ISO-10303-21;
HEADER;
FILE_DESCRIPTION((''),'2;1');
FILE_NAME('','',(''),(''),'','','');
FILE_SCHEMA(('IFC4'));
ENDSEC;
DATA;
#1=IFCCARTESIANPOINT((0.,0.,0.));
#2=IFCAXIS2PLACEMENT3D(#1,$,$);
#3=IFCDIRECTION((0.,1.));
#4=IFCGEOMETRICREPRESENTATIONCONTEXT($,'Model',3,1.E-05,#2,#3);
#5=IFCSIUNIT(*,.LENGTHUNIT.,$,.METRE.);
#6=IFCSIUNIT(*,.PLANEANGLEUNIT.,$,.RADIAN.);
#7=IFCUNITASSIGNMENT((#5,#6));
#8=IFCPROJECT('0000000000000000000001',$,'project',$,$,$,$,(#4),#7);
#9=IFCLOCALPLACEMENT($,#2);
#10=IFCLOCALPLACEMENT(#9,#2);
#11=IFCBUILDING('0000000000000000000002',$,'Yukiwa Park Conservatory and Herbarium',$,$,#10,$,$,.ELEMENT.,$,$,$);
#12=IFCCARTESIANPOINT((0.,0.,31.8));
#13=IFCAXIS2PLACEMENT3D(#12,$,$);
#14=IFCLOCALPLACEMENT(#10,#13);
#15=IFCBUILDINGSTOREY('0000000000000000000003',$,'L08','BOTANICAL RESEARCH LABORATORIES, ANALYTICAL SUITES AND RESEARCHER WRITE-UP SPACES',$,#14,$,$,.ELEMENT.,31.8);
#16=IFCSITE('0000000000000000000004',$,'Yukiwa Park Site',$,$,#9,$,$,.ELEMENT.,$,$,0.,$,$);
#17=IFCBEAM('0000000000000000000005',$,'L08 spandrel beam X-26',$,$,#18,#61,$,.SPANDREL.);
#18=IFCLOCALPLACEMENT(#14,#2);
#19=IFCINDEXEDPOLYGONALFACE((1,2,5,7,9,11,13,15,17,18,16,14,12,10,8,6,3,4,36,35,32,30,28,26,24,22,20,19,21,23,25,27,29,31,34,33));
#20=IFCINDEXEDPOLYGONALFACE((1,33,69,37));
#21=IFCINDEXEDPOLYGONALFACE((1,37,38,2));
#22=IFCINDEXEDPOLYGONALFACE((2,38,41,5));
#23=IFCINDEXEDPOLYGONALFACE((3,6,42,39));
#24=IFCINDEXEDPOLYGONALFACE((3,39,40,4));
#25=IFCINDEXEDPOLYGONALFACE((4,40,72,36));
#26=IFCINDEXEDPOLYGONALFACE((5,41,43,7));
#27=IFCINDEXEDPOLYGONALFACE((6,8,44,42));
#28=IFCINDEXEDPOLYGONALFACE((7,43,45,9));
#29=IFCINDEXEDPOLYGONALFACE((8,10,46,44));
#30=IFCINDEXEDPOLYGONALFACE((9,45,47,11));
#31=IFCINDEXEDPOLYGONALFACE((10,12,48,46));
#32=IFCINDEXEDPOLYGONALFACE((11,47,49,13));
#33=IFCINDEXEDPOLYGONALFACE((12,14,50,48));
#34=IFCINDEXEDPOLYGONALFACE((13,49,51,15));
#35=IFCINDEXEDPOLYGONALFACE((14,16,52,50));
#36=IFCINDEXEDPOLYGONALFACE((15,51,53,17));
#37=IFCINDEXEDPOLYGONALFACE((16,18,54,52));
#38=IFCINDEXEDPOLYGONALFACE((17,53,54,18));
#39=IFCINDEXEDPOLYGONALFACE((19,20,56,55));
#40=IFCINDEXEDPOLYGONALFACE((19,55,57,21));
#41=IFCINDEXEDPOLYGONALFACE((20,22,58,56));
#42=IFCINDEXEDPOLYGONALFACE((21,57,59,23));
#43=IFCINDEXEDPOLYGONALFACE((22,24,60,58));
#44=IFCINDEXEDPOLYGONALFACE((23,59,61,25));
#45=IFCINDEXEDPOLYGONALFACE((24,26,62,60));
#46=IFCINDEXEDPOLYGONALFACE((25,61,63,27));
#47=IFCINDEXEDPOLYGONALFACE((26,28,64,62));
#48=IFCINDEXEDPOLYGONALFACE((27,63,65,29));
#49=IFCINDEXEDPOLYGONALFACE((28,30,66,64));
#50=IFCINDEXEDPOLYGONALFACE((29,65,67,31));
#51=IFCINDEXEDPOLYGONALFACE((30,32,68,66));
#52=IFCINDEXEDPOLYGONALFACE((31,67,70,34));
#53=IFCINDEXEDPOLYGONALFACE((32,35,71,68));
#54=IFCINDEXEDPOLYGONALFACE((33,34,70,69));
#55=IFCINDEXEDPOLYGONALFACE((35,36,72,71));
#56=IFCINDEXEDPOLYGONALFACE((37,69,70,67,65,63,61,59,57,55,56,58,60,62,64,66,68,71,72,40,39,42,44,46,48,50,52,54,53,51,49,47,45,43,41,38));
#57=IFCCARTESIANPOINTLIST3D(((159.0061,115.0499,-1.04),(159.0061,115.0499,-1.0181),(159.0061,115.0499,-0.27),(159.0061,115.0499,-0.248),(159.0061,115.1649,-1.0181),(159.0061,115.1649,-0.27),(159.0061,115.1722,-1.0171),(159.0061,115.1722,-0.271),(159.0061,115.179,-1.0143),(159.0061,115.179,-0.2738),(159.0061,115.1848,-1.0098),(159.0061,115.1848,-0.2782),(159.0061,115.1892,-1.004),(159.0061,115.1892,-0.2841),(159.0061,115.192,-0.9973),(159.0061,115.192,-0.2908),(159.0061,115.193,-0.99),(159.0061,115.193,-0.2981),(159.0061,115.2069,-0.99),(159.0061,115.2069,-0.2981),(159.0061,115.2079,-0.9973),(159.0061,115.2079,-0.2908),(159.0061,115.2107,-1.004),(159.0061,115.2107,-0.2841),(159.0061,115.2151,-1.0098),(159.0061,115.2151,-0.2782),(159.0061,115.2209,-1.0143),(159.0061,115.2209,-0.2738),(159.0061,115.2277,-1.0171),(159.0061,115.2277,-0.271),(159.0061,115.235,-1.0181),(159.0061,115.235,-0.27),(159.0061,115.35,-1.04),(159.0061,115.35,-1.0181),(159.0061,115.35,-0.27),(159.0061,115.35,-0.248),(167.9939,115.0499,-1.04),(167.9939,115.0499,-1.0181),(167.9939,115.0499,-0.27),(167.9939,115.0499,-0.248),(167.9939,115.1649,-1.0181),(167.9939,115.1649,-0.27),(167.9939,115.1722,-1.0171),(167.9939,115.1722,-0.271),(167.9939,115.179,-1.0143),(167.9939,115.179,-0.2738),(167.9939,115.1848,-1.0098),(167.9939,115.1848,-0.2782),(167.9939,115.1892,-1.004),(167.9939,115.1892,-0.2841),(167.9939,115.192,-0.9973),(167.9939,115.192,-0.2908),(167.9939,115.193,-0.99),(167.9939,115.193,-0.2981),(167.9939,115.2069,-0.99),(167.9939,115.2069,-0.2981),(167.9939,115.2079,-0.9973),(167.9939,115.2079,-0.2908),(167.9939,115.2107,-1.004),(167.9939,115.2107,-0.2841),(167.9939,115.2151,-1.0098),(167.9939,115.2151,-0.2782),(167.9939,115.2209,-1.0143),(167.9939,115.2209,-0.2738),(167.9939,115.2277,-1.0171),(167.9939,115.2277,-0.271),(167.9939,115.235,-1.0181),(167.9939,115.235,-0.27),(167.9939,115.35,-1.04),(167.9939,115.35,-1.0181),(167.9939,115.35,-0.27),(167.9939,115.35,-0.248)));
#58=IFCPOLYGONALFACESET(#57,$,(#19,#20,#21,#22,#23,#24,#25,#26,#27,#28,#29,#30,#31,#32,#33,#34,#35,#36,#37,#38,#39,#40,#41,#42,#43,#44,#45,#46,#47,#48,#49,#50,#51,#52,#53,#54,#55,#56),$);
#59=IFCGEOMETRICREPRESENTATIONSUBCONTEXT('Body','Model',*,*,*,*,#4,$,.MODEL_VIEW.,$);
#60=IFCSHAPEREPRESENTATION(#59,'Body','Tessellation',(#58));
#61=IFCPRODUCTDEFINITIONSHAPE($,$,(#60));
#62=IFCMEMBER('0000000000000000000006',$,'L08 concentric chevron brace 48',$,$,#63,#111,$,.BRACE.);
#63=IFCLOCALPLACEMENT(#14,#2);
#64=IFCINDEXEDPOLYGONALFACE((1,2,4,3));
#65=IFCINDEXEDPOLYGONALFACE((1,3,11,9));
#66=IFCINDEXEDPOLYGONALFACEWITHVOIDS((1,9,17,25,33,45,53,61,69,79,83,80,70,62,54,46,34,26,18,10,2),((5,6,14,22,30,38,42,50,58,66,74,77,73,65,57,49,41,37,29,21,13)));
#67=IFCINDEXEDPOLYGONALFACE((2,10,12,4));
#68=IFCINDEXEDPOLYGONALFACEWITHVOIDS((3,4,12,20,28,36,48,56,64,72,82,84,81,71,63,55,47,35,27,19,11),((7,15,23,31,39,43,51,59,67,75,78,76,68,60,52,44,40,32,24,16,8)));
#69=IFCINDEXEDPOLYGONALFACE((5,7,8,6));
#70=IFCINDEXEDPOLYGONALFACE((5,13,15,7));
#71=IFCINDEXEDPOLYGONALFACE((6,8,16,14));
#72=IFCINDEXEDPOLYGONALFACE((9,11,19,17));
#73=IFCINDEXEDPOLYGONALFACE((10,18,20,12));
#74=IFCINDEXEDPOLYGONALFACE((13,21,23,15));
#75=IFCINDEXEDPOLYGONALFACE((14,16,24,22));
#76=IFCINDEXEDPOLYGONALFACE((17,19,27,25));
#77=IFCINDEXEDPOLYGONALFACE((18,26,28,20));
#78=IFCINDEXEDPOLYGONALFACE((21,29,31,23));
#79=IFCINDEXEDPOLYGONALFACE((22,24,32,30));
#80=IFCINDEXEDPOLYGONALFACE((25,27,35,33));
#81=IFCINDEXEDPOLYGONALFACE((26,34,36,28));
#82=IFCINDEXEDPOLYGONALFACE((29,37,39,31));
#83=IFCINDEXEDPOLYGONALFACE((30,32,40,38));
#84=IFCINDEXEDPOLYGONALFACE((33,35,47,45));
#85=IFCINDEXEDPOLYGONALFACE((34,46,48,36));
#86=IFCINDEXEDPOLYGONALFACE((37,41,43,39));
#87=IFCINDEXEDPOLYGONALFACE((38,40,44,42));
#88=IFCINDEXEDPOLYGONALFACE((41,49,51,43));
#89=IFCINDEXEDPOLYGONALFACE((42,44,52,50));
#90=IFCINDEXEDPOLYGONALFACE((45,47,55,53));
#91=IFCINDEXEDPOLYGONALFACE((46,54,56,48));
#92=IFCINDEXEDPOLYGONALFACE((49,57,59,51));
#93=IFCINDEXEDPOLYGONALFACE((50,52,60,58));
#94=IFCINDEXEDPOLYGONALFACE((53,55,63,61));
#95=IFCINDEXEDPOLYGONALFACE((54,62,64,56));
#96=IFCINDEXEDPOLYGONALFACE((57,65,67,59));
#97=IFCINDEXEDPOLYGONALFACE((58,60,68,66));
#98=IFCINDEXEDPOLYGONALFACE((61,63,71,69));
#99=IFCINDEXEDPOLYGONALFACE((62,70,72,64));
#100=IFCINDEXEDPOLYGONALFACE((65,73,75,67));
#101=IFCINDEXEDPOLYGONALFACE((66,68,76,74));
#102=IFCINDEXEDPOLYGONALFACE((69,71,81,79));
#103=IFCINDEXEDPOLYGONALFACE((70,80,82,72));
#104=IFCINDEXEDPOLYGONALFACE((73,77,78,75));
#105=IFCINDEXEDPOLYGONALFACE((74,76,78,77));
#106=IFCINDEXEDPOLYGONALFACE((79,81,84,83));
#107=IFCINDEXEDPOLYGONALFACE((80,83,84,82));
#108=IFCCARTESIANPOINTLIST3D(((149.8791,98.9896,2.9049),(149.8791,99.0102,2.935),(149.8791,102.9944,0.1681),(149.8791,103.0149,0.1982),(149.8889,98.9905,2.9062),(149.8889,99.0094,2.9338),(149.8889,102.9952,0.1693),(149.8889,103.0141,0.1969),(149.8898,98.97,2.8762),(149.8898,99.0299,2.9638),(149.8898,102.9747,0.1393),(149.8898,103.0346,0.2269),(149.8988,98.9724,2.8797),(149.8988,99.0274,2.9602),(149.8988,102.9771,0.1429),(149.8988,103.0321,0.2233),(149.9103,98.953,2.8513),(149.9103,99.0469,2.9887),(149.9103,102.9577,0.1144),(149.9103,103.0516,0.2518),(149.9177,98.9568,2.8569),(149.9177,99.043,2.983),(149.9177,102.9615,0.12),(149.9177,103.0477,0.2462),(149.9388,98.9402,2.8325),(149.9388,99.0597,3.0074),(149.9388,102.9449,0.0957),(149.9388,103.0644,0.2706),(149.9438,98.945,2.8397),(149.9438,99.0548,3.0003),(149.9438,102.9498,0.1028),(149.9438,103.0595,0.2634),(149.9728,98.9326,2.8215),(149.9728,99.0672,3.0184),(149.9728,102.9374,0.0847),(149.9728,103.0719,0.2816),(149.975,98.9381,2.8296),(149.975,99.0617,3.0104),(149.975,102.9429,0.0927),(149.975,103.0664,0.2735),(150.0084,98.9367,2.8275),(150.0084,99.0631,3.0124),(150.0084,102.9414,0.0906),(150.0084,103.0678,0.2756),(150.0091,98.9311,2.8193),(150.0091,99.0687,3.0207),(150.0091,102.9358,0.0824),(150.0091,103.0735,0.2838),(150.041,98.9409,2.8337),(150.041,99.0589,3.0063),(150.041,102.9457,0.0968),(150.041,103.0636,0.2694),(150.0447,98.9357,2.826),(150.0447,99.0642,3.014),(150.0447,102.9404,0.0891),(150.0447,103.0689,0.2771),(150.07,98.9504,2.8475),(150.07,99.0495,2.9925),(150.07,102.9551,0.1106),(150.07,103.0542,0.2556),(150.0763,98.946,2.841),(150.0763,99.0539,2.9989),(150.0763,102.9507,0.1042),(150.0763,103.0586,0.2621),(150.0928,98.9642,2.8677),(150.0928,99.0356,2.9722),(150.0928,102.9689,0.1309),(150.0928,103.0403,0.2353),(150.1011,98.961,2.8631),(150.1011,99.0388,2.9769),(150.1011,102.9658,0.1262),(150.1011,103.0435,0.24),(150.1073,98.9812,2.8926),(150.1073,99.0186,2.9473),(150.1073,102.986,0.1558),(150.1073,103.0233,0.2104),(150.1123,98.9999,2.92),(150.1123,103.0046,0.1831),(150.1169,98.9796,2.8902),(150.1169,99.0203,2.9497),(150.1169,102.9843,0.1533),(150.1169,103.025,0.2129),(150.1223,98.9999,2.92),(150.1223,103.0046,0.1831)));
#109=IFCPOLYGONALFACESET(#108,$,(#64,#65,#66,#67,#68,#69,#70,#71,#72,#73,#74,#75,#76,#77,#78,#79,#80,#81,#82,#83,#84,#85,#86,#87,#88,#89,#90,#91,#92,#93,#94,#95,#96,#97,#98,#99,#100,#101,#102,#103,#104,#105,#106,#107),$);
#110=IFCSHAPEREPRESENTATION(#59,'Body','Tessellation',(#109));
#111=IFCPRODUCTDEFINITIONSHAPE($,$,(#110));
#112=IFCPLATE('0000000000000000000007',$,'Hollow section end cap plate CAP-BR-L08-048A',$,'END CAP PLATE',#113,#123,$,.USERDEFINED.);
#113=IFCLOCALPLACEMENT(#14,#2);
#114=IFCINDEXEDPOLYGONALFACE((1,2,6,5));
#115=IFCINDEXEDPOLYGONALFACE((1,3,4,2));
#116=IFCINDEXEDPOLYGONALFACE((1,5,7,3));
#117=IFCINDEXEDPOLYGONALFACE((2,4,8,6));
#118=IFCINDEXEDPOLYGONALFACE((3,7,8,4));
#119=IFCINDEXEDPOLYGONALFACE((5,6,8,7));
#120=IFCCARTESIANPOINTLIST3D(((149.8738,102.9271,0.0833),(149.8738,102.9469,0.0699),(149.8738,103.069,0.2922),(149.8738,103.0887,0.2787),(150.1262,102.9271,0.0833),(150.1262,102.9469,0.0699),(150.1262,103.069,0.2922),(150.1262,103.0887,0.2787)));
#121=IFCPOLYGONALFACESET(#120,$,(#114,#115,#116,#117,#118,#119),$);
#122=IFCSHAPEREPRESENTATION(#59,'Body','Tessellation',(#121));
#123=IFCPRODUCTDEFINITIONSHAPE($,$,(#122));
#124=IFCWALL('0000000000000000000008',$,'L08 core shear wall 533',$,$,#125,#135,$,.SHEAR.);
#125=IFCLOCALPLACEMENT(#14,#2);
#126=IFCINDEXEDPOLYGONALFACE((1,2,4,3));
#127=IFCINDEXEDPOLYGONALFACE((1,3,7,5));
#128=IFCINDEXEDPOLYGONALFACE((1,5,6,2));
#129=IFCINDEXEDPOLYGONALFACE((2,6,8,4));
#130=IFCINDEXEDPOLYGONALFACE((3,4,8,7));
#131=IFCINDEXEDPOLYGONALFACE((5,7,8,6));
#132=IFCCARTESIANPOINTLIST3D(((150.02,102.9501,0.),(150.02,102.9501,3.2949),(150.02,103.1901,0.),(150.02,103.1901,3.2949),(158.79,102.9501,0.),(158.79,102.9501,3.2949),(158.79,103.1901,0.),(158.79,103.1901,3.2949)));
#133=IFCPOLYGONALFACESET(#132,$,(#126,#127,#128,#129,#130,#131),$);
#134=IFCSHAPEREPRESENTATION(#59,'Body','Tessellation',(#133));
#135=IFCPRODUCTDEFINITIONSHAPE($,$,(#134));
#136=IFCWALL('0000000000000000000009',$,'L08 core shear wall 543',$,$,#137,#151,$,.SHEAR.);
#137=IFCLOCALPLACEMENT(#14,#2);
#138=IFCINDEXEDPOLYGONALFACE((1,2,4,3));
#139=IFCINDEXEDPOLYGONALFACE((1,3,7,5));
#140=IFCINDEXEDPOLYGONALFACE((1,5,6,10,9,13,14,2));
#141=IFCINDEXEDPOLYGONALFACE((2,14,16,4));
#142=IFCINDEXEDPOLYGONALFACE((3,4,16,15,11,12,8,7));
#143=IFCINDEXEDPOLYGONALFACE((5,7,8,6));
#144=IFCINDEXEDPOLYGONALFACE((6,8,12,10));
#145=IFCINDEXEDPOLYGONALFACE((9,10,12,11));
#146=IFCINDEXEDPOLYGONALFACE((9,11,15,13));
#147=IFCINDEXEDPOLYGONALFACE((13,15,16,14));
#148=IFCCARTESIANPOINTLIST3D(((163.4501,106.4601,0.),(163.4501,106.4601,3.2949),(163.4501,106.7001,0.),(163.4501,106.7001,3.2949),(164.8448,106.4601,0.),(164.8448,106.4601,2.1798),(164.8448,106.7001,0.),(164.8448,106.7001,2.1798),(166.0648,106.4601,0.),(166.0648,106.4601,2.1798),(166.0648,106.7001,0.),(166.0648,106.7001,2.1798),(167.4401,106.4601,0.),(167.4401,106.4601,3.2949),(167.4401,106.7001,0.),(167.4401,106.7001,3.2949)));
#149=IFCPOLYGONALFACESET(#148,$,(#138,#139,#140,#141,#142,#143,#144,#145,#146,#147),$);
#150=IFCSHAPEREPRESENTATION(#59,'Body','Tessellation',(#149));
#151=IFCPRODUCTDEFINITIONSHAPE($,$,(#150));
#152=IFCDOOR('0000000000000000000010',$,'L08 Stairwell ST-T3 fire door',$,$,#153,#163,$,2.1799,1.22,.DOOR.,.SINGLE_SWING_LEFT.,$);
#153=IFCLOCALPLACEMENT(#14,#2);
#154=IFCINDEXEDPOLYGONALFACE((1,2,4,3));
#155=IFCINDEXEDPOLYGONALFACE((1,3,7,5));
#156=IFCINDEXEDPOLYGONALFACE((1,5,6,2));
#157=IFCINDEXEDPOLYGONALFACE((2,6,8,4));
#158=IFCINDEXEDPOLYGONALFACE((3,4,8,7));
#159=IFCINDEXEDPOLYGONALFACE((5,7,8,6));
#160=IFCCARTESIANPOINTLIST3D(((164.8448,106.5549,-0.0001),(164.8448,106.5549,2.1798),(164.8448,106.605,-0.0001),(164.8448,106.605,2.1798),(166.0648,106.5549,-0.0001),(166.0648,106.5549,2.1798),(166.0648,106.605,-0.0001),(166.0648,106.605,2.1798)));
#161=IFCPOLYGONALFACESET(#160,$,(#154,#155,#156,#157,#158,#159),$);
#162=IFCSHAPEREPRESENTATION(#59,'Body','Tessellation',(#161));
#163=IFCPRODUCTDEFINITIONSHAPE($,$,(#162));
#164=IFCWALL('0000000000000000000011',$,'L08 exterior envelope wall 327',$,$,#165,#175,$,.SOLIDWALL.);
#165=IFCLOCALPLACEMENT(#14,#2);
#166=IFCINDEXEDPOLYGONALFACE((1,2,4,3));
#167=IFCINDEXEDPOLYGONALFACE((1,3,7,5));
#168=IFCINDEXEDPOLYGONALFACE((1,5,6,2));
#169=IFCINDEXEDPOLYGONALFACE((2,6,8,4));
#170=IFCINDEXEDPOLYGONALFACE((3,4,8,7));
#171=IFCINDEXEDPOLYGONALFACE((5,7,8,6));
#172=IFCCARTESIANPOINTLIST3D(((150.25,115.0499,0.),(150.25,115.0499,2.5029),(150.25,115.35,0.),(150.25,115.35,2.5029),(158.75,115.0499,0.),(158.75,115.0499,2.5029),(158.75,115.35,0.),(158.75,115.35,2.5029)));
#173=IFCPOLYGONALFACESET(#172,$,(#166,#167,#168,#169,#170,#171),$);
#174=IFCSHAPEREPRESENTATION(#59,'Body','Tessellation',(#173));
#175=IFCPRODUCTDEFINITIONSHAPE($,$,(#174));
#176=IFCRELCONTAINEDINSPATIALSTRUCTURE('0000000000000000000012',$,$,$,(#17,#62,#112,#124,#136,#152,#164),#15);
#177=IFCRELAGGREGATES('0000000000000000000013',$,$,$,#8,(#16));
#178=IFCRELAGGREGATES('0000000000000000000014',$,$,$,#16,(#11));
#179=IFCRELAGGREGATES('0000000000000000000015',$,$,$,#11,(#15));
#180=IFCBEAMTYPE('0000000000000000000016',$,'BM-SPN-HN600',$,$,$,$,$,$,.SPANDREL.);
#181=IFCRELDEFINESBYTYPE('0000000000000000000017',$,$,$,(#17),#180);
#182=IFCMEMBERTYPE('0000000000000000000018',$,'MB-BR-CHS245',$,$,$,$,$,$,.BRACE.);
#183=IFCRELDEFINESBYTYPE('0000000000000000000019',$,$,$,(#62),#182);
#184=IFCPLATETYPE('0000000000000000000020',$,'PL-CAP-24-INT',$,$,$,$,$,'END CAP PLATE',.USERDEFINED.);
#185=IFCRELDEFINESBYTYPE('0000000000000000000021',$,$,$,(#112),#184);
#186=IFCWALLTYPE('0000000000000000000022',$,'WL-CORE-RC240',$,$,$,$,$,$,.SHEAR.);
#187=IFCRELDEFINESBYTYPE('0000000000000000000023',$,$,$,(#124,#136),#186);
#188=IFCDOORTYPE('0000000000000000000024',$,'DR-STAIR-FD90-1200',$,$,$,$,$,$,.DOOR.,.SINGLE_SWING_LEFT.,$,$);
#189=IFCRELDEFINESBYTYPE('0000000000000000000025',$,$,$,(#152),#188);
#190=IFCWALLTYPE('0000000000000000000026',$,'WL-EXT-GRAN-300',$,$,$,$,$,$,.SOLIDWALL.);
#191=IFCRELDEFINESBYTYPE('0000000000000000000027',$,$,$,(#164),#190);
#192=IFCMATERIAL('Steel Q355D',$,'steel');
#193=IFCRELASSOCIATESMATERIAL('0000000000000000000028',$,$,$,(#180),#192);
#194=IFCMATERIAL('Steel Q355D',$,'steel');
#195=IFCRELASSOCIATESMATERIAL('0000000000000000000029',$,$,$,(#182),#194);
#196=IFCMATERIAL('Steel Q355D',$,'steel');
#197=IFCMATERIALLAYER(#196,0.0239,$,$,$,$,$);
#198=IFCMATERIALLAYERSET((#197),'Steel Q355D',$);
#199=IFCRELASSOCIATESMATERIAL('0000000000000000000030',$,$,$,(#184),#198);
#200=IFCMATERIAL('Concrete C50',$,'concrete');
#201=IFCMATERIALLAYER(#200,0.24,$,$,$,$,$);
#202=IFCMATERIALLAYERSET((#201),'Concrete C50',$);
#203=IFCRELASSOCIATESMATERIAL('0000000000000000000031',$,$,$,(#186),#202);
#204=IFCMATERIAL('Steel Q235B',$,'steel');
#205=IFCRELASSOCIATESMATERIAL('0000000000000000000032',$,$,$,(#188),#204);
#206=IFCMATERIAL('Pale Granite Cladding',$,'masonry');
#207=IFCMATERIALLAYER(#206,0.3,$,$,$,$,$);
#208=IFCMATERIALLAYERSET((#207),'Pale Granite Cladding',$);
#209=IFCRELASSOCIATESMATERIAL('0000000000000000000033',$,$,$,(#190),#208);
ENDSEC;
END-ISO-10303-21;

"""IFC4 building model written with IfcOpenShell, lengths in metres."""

from ifc_helpers import new_model, si_unit, direction, frame, frame_2d, origin, origin_2d, place, context, subcontext, project, spatial, rectangle, hollow_circle, i_section, extrude, material, layer, layer_set, material_profile, profile_set, type_object, element, fill, save


model = new_model("IFC4")

# Units and contexts
model_context = context("Model", 3, precision=1e-05, world=origin(), true_north=direction((0.0, 1.0)))
body_context = subcontext(model_context, "Body", "Model", "MODEL_VIEW")
ifc_project = project(units=[si_unit("LENGTHUNIT", "METRE"), si_unit("PLANEANGLEUNIT", "RADIAN")], contexts=[model_context])

# Site, building, storey
site_placement = place(None, origin())
site = spatial("IfcSite", under=ifc_project, at=site_placement, Name="Yukiwa Park Site", CompositionType="ELEMENT", RefElevation=0.0)
building_placement = place(site_placement, origin())
building = spatial("IfcBuilding", under=site, at=building_placement, Name="Yukiwa Park Conservatory and Herbarium", CompositionType="ELEMENT")
storey_placement = place(building_placement, frame((0.0, 0.0, 31.8)))
storey = spatial("IfcBuildingStorey", under=building, at=storey_placement, Name="L08", Description="BOTANICAL RESEARCH LABORATORIES, ANALYTICAL SUITES AND RESEARCHER WRITE-UP SPACES", CompositionType="ELEMENT", Elevation=31.8)

# Beam
ifc_material_1 = material(Name="Steel Q355D", Category="steel")
ifc_material_profile_1 = material_profile(ifc_material_1, i_section(OverallWidth=0.3, OverallDepth=0.792, WebThickness=0.0139, FlangeThickness=0.022, FilletRadius=0.0281, at=origin_2d()), Name="HN 792x300x14x22")
ifc_profile_set_1 = profile_set([ifc_material_profile_1], Name="Steel Q355D")
beam_type_1 = type_object("IfcBeamType", Name="BM-SPN-HN600", PredefinedType="SPANDREL", material=ifc_profile_set_1)
for number, where, z_axis, x_axis, name in (
    (1, (159.0061, 115.2, -0.644), (1.0, 0.0, 0.0), (0.0, 1.0, 0.0), "L08 spandrel beam X-26"),
):
    element("IfcBeam", number, at=place(storey_placement, frame(where, z_axis=z_axis, x_axis=x_axis)), inside=storey, type_object=beam_type_1, Name=name, PredefinedType="SPANDREL", context=body_context, shape_type="SweptSolid", body=[
        extrude(i_section(OverallWidth=0.3, OverallDepth=0.792, WebThickness=0.0139, FlangeThickness=0.022, FilletRadius=0.0281, at=origin_2d()), origin(), (0.0, 0.0, 1.0), 8.9878),
    ])

# Member
ifc_material_2 = material(Name="Steel Q355D", Category="steel")
ifc_material_profile_2 = material_profile(ifc_material_2, hollow_circle(Radius=0.1223, WallThickness=0.01, at=origin_2d()), Name="CHS 244.5x10")
ifc_profile_set_2 = profile_set([ifc_material_profile_2], Name="Steel Q355D")
member_type = type_object("IfcMemberType", Name="MB-BR-CHS245", PredefinedType="BRACE", material=ifc_profile_set_2)
member_placement = place(storey_placement, frame((150.0, 103.0046, 0.1831), z_axis=(0.0, -0.825615, 0.564235), x_axis=(1.0, 0.0, 0.0)))
element("IfcMember", 2, at=member_placement, inside=storey, type_object=member_type, Name="L08 concentric chevron brace 48", PredefinedType="BRACE", context=body_context, shape_type="SweptSolid", body=[
    extrude(hollow_circle(Radius=0.1223, WallThickness=0.01, at=origin_2d()), origin(), (0.0, 0.0, 1.0), 4.8506),
])

# Plate
ifc_material_3 = material(Name="Steel Q355D", Category="steel")
ifc_layer_1 = layer(ifc_material_3, 0.0239)
ifc_layer_set_1 = layer_set([ifc_layer_1], Name="Steel Q355D")
plate_type = type_object("IfcPlateType", Name="PL-CAP-24-INT", ElementType="END CAP PLATE", PredefinedType="USERDEFINED", material=ifc_layer_set_1)
plate_placement = place(storey_placement, frame((150.0, 102.998, 0.1877), z_axis=(0.0, 0.827306, -0.561751), x_axis=(-1.0, 0.0, 0.0)))
element("IfcPlate", 3, at=plate_placement, inside=storey, type_object=plate_type, Name="Hollow section end cap plate CAP-BR-L08-048A", ObjectType="END CAP PLATE", PredefinedType="USERDEFINED", context=body_context, shape_type="SweptSolid", body=[
    extrude(rectangle(XDim=0.2524, YDim=0.2524, at=origin_2d()), origin(), (0.0, 0.0, 1.0), 0.0239),
])

# Wall
ifc_material_4 = material(Name="Concrete C50", Category="concrete")
ifc_layer_2 = layer(ifc_material_4, 0.24)
ifc_layer_set_2 = layer_set([ifc_layer_2], Name="Concrete C50")
wall_type_1 = type_object("IfcWallType", Name="WL-CORE-RC240", PredefinedType="SHEAR", material=ifc_layer_set_2)
wall_1_placement = place(storey_placement, frame((150.02, 103.0701, 0.0), z_axis=(0.0, 0.0, 1.0), x_axis=(1.0, 0.0, 0.0)))
element("IfcWall", 4, at=wall_1_placement, inside=storey, type_object=wall_type_1, Name="L08 core shear wall 533", PredefinedType="SHEAR", context=body_context, shape_type="SweptSolid", body=[
    extrude(rectangle(XDim=8.77, YDim=0.24, at=frame_2d((4.385, 0.0))), origin(), (0.0, 0.0, 1.0), 3.2949),
])

# Wall, opening, door
wall_2_placement = place(storey_placement, frame((163.45, 106.5801, 0.0), z_axis=(0.0, 0.0, 1.0), x_axis=(1.0, 0.0, 0.0)))
wall_2 = element("IfcWall", 5, at=wall_2_placement, inside=storey, type_object=wall_type_1, Name="L08 core shear wall 543", PredefinedType="SHEAR", context=body_context, shape_type="SweptSolid", body=[
    extrude(rectangle(XDim=3.99, YDim=0.24, at=frame_2d((1.9951, 0.0))), origin(), (0.0, 0.0, 1.0), 3.2949),
])
opening_1_placement = place(wall_2_placement, frame((1.395, 0.0, 0.0)))
opening_1 = element("IfcOpeningElement", 6, at=opening_1_placement, cuts=wall_2, PredefinedType="OPENING", context=body_context, shape_type="SweptSolid", body=[
    extrude(rectangle(XDim=1.22, YDim=2.1799, at=frame_2d((0.6099, 1.0898))), frame((0.0, 0.1299, 0.0), z_axis=(0.0, -1.0, 0.0), x_axis=(1.0, 0.0, 0.0)), (0.0, 0.0, 1.0), 0.26),
])
ifc_material_5 = material(Name="Steel Q235B", Category="steel")
door_type_1 = type_object("IfcDoorType", Name="DR-STAIR-FD90-1200", OperationType="SINGLE_SWING_LEFT", PredefinedType="DOOR", material=ifc_material_5)
door_1_placement = place(opening_1_placement, origin())
door_1 = element("IfcDoor", 7, at=door_1_placement, inside=storey, type_object=door_type_1, Name="L08 Stairwell ST-T3 fire door", OperationType="SINGLE_SWING_LEFT", OverallHeight=2.1799, OverallWidth=1.22, PredefinedType="DOOR", context=body_context, shape_type="SweptSolid", body=[
    extrude(rectangle(XDim=1.22, YDim=2.1799, at=frame_2d((0.6099, 1.0898))), frame((0.0, 0.0249, 0.0), z_axis=(0.0, -1.0, 0.0), x_axis=(1.0, 0.0, 0.0)), (0.0, 0.0, 1.0), 0.05),
])
fill(opening_1, door_1)

# Wall
ifc_material_6 = material(Name="Pale Granite Cladding", Category="masonry")
ifc_layer_3 = layer(ifc_material_6, 0.3)
ifc_layer_set_3 = layer_set([ifc_layer_3], Name="Pale Granite Cladding")
wall_type_2 = type_object("IfcWallType", Name="WL-EXT-GRAN-300", PredefinedType="SOLIDWALL", material=ifc_layer_set_3)
wall_3_placement = place(storey_placement, frame((158.75, 115.2, 0.0), z_axis=(0.0, 0.0, 1.0), x_axis=(-1.0, 0.0, 0.0)))
element("IfcWall", 8, at=wall_3_placement, inside=storey, type_object=wall_type_2, Name="L08 exterior envelope wall 327", PredefinedType="SOLIDWALL", context=body_context, shape_type="SweptSolid", body=[
    extrude(rectangle(XDim=8.5, YDim=0.3, at=frame_2d((4.25, 0.0))), origin(), (0.0, 0.0, 1.0), 2.5029),
])

save(model, "model.ifc")
